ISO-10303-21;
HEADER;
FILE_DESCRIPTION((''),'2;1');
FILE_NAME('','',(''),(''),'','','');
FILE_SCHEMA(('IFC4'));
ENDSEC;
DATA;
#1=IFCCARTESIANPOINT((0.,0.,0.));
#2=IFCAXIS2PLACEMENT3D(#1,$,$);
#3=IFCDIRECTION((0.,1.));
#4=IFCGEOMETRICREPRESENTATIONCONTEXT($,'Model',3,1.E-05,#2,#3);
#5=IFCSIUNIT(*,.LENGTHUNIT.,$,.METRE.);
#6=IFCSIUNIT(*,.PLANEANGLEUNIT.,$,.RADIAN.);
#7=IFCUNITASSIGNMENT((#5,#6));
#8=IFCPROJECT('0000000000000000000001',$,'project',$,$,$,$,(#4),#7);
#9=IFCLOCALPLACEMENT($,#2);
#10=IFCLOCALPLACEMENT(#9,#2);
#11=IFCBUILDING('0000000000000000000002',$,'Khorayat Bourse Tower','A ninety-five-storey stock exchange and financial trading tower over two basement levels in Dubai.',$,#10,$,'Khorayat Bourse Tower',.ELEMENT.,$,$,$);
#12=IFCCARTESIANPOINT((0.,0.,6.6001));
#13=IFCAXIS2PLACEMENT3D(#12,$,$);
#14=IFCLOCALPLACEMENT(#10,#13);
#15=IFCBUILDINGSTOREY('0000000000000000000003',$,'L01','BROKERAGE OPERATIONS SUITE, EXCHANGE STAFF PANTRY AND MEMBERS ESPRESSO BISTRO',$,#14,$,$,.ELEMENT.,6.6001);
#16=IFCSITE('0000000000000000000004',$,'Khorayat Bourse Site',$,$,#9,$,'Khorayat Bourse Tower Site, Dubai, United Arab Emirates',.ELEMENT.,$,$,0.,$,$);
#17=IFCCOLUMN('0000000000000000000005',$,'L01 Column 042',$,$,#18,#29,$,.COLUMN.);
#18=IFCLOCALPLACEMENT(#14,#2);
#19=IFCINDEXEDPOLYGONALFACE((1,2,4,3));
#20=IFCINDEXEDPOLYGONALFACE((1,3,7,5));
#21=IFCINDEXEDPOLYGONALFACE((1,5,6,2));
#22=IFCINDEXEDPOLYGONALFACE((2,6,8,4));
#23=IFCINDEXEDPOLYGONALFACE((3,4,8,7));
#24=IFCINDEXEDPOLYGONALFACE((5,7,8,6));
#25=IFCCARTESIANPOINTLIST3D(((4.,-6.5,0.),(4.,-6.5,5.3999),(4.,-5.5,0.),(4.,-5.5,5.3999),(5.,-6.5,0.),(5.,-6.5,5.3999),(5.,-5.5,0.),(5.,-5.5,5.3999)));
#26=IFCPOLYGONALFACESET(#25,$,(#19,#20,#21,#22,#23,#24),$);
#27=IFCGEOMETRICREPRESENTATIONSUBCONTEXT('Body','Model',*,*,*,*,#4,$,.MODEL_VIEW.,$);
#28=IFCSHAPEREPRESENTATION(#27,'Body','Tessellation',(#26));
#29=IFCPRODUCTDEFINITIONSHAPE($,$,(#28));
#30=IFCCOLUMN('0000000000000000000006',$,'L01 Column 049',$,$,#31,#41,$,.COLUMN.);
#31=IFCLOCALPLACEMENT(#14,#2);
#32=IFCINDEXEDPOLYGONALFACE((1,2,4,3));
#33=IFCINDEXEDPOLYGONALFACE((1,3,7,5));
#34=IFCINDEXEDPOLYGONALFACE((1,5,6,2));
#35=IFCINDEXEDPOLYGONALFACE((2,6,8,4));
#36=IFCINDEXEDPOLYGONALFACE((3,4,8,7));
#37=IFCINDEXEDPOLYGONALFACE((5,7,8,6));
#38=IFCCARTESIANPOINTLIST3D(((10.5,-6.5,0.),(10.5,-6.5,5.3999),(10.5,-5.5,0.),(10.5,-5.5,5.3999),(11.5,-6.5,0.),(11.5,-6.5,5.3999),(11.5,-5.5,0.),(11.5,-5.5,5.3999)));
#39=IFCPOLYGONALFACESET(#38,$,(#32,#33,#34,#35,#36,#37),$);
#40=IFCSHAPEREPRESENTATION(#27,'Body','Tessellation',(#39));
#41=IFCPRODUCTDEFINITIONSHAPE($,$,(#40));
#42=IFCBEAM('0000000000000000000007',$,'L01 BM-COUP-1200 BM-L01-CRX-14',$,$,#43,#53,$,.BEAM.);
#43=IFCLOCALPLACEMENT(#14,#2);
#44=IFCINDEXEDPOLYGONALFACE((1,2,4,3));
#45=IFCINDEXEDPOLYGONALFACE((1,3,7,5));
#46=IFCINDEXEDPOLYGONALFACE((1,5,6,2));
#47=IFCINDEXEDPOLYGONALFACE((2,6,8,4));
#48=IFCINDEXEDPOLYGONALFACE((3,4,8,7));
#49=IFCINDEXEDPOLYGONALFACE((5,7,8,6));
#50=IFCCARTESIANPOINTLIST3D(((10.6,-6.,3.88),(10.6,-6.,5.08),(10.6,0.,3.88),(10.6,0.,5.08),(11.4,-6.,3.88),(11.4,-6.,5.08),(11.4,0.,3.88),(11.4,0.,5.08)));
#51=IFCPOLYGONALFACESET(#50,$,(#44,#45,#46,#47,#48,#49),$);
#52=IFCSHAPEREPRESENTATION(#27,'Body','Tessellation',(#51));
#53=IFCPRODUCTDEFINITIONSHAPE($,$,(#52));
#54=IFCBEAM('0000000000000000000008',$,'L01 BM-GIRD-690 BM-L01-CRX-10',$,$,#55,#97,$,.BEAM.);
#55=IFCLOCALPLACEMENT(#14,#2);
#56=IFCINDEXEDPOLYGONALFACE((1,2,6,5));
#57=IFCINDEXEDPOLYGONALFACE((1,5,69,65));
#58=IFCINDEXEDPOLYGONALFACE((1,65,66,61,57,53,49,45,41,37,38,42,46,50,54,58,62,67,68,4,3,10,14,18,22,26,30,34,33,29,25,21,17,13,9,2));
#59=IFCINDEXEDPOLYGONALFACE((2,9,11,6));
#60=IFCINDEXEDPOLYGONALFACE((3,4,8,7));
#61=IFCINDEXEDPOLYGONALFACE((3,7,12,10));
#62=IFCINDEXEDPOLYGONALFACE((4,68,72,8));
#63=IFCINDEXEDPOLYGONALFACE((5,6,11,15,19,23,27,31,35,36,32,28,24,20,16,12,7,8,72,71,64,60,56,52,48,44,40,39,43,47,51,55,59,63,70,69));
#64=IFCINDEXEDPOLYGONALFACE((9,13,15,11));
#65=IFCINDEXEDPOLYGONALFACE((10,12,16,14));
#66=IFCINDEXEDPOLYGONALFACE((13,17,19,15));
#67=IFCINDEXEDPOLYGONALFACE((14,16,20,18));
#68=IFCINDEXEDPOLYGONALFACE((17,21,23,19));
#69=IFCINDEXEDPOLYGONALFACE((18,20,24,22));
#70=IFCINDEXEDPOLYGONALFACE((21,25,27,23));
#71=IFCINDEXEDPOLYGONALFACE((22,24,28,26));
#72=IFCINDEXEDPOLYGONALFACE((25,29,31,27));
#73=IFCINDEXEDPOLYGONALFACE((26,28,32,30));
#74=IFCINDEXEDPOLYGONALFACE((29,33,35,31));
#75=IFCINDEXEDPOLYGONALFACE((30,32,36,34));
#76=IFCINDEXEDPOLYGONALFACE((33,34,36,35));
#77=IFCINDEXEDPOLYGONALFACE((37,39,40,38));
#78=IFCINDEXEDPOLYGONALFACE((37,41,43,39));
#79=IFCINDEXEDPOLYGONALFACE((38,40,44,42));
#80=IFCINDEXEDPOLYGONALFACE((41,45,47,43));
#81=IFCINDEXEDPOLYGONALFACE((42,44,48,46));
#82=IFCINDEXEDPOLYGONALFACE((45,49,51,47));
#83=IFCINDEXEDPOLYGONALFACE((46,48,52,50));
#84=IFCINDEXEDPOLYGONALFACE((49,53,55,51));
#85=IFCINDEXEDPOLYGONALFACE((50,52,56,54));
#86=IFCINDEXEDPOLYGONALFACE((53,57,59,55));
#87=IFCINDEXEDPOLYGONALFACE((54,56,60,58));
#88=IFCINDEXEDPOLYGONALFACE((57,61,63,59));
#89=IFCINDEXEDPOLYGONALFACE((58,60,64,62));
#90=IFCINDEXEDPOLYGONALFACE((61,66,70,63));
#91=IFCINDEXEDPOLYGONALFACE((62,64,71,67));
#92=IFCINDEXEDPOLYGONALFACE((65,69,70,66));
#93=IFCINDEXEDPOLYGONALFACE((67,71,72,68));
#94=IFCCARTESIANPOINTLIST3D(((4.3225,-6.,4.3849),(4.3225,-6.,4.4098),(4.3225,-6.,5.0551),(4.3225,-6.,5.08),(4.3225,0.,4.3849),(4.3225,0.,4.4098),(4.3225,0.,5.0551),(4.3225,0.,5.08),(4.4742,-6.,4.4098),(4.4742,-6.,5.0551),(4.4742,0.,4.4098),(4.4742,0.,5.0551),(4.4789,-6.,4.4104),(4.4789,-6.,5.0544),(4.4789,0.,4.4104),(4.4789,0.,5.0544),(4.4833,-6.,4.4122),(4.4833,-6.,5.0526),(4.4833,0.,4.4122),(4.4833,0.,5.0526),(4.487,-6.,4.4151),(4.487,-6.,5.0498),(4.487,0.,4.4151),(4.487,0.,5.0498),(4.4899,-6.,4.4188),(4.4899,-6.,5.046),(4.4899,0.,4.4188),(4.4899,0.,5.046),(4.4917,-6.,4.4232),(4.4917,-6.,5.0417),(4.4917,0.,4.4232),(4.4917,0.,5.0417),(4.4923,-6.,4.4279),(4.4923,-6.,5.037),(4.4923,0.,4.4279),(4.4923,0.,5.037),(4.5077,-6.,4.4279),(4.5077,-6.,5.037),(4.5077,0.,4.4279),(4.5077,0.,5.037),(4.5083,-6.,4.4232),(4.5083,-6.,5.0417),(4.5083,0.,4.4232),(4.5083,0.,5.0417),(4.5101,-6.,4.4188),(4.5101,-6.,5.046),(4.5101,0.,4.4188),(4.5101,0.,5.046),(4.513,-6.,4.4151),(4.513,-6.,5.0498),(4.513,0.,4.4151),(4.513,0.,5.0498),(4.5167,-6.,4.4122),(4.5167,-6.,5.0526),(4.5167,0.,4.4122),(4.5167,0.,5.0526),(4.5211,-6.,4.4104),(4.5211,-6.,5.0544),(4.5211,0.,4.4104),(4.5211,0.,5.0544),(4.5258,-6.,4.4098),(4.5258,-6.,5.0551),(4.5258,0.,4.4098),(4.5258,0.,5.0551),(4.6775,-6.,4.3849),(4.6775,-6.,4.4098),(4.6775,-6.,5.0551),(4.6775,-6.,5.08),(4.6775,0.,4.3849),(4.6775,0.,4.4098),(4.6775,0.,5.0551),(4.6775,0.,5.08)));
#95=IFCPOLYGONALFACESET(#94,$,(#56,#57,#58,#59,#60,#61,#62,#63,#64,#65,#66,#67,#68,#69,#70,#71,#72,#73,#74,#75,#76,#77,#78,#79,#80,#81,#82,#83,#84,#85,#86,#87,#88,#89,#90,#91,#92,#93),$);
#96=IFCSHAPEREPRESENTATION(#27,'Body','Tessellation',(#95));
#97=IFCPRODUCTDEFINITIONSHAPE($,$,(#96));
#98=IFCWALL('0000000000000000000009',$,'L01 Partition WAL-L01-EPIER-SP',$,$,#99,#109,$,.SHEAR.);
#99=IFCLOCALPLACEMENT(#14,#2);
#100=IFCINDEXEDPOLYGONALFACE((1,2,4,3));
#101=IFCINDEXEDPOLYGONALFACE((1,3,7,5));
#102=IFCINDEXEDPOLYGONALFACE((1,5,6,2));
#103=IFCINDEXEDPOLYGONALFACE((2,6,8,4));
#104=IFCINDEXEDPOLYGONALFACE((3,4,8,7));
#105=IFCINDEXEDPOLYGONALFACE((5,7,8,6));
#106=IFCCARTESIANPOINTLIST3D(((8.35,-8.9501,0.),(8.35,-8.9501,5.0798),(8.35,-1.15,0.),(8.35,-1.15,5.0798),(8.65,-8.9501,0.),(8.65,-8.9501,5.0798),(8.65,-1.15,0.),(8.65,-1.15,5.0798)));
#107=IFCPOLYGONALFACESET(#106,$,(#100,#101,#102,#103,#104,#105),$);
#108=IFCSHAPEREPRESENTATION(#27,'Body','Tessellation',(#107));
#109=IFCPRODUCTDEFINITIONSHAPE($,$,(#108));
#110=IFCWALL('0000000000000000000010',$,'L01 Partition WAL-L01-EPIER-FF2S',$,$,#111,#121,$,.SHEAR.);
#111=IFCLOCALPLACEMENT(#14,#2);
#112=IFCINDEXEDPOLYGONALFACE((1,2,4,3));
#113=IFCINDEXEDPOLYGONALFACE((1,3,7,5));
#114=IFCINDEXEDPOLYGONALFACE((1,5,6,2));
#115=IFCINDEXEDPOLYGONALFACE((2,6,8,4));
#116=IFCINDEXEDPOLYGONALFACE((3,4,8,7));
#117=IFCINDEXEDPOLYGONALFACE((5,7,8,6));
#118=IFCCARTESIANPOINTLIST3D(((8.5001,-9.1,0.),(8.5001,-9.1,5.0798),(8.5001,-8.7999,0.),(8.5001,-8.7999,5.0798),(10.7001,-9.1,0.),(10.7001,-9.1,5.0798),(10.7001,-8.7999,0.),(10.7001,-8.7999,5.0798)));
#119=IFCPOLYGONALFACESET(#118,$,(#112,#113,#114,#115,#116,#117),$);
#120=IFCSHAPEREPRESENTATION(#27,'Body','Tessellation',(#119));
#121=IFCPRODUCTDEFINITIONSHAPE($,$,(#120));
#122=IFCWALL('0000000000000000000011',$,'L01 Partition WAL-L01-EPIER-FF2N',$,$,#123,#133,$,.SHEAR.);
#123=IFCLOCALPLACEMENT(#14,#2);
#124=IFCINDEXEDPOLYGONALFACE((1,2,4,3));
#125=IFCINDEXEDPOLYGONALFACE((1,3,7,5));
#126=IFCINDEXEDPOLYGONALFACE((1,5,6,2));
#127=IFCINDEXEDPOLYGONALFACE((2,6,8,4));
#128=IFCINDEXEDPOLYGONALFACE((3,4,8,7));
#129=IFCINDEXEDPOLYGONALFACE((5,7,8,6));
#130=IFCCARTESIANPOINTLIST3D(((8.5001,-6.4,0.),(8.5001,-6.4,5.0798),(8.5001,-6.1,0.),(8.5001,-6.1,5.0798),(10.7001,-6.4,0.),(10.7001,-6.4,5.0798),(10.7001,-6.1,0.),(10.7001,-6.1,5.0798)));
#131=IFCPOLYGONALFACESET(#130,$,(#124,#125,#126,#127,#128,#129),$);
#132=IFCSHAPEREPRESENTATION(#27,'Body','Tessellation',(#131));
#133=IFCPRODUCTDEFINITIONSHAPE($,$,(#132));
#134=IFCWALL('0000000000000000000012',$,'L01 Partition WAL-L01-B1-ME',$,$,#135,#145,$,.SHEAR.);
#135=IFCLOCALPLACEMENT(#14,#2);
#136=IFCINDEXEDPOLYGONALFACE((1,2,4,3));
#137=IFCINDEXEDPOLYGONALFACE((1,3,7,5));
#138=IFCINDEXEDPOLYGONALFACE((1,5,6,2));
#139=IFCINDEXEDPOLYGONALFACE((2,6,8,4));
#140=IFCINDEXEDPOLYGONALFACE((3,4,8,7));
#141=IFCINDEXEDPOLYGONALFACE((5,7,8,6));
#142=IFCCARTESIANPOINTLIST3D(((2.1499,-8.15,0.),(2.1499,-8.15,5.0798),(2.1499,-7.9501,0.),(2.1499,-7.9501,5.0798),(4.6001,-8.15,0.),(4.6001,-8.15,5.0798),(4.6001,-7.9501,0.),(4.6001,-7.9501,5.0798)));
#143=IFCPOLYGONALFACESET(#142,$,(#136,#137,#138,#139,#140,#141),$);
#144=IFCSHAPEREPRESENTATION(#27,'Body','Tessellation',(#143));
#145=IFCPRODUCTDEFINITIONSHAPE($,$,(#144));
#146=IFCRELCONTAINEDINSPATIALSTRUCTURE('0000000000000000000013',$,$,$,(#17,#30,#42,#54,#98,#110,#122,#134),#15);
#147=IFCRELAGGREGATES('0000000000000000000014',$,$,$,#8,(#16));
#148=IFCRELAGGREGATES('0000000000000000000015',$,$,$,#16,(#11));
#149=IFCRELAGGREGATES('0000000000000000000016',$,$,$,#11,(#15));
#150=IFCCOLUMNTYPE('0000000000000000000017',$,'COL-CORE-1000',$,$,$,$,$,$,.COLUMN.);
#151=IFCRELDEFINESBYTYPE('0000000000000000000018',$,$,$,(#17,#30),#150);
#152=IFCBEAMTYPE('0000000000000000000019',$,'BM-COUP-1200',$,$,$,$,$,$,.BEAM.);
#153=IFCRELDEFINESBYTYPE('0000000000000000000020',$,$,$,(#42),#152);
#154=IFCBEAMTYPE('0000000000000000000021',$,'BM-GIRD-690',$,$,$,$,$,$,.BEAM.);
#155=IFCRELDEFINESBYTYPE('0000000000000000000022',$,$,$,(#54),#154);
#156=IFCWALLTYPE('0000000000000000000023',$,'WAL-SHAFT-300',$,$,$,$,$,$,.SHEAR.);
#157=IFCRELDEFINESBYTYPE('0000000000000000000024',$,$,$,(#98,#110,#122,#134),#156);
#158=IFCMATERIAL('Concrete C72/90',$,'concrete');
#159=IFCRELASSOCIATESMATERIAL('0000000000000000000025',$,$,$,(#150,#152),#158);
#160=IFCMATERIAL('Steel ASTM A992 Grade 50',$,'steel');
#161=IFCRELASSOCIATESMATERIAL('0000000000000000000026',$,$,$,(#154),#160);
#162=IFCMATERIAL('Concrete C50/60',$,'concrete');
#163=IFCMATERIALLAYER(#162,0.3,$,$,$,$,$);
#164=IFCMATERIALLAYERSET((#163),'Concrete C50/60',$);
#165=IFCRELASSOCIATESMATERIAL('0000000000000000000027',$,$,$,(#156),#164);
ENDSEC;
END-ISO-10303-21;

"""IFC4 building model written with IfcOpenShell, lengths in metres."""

from ifc_helpers import new_model, si_unit, direction, frame, frame_2d, origin, origin_2d, place, context, subcontext, project, spatial, rectangle, i_section, extrude, source, transform, mapped, material, layer, layer_set, material_profile, profile_set, type_object, element, save


model = new_model("IFC4")

# Units and contexts
model_context = context("Model", 3, precision=1e-05, world=origin(), true_north=direction((0.0, 1.0)))
body_context = subcontext(model_context, "Body", "Model", "MODEL_VIEW")
ifc_project = project(units=[si_unit("LENGTHUNIT", "METRE"), si_unit("PLANEANGLEUNIT", "RADIAN")], contexts=[model_context])

# Site, building, storey
site_placement = place(None, origin())
site = spatial("IfcSite", under=ifc_project, at=site_placement, Name="Khorayat Bourse Site", LongName="Khorayat Bourse Tower Site, Dubai, United Arab Emirates", CompositionType="ELEMENT", RefElevation=0.0)
building_placement = place(site_placement, origin())
building = spatial("IfcBuilding", under=site, at=building_placement, Name="Khorayat Bourse Tower", Description="A ninety-five-storey stock exchange and financial trading tower over two basement levels in Dubai.", LongName="Khorayat Bourse Tower", CompositionType="ELEMENT")
storey_placement = place(building_placement, frame((0.0, 0.0, 6.6001)))
storey = spatial("IfcBuildingStorey", under=building, at=storey_placement, Name="L01", Description="BROKERAGE OPERATIONS SUITE, EXCHANGE STAFF PANTRY AND MEMBERS ESPRESSO BISTRO", CompositionType="ELEMENT", Elevation=6.6001)

# Columns
ifc_material_1 = material(Name="Concrete C72/90", Category="concrete")
ifc_material_profile_1 = material_profile(ifc_material_1, rectangle(XDim=1.0, YDim=1.0, at=origin_2d()), Name="RC 1000x1000")
ifc_profile_set_1 = profile_set([ifc_material_profile_1], Name="Concrete C72/90")
column_type = type_object("IfcColumnType", Name="COL-CORE-1000", PredefinedType="COLUMN", material=ifc_profile_set_1)
shared_shape_1 = source(origin(), body_context, "Body", "SweptSolid", [
    extrude(rectangle(XDim=1.0, YDim=1.0, at=origin_2d()), origin(), (0.0, 0.0, 1.0), 5.3999),
])
for number, where, z_axis, x_axis, name in (
    (1, (4.5, -6.0, 0.0), (0.0, 0.0, 1.0), (1.0, 0.0, 0.0), "L01 Column 042"),
    (2, (11.0, -6.0, 0.0), (0.0, 0.0, 1.0), (1.0, 0.0, 0.0), "L01 Column 049"),
):
    element("IfcColumn", number, at=place(storey_placement, frame(where, z_axis=z_axis, x_axis=x_axis)), inside=storey, type_object=column_type, Name=name, PredefinedType="COLUMN", context=body_context, shape_type="MappedRepresentation", body=[
        mapped(shared_shape_1, transform((0.0, 0.0, 0.0), scale=1.0)),
    ])

# Beams
ifc_material_profile_2 = material_profile(ifc_material_1, rectangle(XDim=0.8, YDim=1.2, at=origin_2d()), Name="RC 800x1200")
ifc_profile_set_2 = profile_set([ifc_material_profile_2], Name="Concrete C72/90")
beam_type_1 = type_object("IfcBeamType", Name="BM-COUP-1200", PredefinedType="BEAM", material=ifc_profile_set_2)
shared_shape_2 = source(origin(), body_context, "Body", "SweptSolid", [
    extrude(rectangle(XDim=0.8, YDim=1.2, at=origin_2d()), origin(), (0.0, 0.0, 1.0), 6.0),
])
beam_1_placement = place(storey_placement, frame((11.0, -6.0, 4.48), z_axis=(0.0, 1.0, 0.0), x_axis=(-1.0, 0.0, 0.0)))
element("IfcBeam", 3, at=beam_1_placement, inside=storey, type_object=beam_type_1, Name="L01 BM-COUP-1200 BM-L01-CRX-14", PredefinedType="BEAM", context=body_context, shape_type="MappedRepresentation", body=[
    mapped(shared_shape_2, transform((0.0, 0.0, 0.0), scale=1.0)),
])
ifc_material_2 = material(Name="Steel ASTM A992 Grade 50", Category="steel")
ifc_material_profile_3 = material_profile(ifc_material_2, i_section(OverallWidth=0.355, OverallDepth=0.6951, WebThickness=0.0154, FlangeThickness=0.0249, FilletRadius=0.0181, at=origin_2d()), Name="W690X217")
ifc_profile_set_3 = profile_set([ifc_material_profile_3], Name="Steel ASTM A992 Grade 50")
beam_type_2 = type_object("IfcBeamType", Name="BM-GIRD-690", PredefinedType="BEAM", material=ifc_profile_set_3)
shared_shape_3 = source(origin(), body_context, "Body", "SweptSolid", [
    extrude(i_section(OverallWidth=0.355, OverallDepth=0.6951, WebThickness=0.0154, FlangeThickness=0.0249, FilletRadius=0.0181, at=origin_2d()), origin(), (0.0, 0.0, 1.0), 6.0),
])
beam_2_placement = place(storey_placement, frame((4.5, -6.0, 4.7324), z_axis=(0.0, 1.0, 0.0), x_axis=(-1.0, 0.0, 0.0)))
element("IfcBeam", 4, at=beam_2_placement, inside=storey, type_object=beam_type_2, Name="L01 BM-GIRD-690 BM-L01-CRX-10", PredefinedType="BEAM", context=body_context, shape_type="MappedRepresentation", body=[
    mapped(shared_shape_3, transform((0.0, 0.0, 0.0), scale=1.0)),
])

# Walls
ifc_material_3 = material(Name="Concrete C50/60", Category="concrete")
ifc_layer_1 = layer(ifc_material_3, 0.3)
ifc_layer_set_1 = layer_set([ifc_layer_1], Name="Concrete C50/60")
wall_type_1 = type_object("IfcWallType", Name="WAL-SHAFT-300", PredefinedType="SHEAR", material=ifc_layer_set_1)
shared_shape_4 = source(origin(), body_context, "Body", "SweptSolid", [
    extrude(rectangle(XDim=7.8, YDim=0.3, at=frame_2d((3.8999, 0.0))), origin(), (0.0, 0.0, 1.0), 5.0798),
])
wall_1_placement = place(storey_placement, frame((8.5, -8.95, 0.0), z_axis=(0.0, 0.0, 1.0), x_axis=(0.0, 1.0, 0.0)))
element("IfcWall", 5, at=wall_1_placement, inside=storey, type_object=wall_type_1, Name="L01 Partition WAL-L01-EPIER-SP", PredefinedType="SHEAR", context=body_context, shape_type="MappedRepresentation", body=[
    mapped(shared_shape_4, transform((0.0, 0.0, 0.0), scale=1.0)),
])
shared_shape_5 = source(origin(), body_context, "Body", "SweptSolid", [
    extrude(rectangle(XDim=2.2, YDim=0.3, at=frame_2d((1.1001, 0.0))), origin(), (0.0, 0.0, 1.0), 5.0798),
])
for number, where, z_axis, x_axis, name in (
    (6, (8.5, -8.95, 0.0), (0.0, 0.0, 1.0), (1.0, 0.0, 0.0), "L01 Partition WAL-L01-EPIER-FF2S"),
    (7, (8.5, -6.25, 0.0), (0.0, 0.0, 1.0), (1.0, 0.0, 0.0), "L01 Partition WAL-L01-EPIER-FF2N"),
):
    element("IfcWall", number, at=place(storey_placement, frame(where, z_axis=z_axis, x_axis=x_axis)), inside=storey, type_object=wall_type_1, Name=name, PredefinedType="SHEAR", context=body_context, shape_type="MappedRepresentation", body=[
        mapped(shared_shape_5, transform((0.0, 0.0, 0.0), scale=1.0)),
    ])
shared_shape_6 = source(origin(), body_context, "Body", "SweptSolid", [
    extrude(rectangle(XDim=2.4502, YDim=0.2, at=frame_2d((1.2251, 0.0))), origin(), (0.0, 0.0, 1.0), 5.0798),
])
wall_2_placement = place(storey_placement, frame((2.1499, -8.05, 0.0), z_axis=(0.0, 0.0, 1.0), x_axis=(1.0, 0.0, 0.0)))
element("IfcWall", 8, at=wall_2_placement, inside=storey, type_object=wall_type_1, Name="L01 Partition WAL-L01-B1-ME", PredefinedType="SHEAR", context=body_context, shape_type="MappedRepresentation", body=[
    mapped(shared_shape_6, transform((0.0, 0.0, 0.0), scale=1.0)),
])

save(model, "model.ifc")
